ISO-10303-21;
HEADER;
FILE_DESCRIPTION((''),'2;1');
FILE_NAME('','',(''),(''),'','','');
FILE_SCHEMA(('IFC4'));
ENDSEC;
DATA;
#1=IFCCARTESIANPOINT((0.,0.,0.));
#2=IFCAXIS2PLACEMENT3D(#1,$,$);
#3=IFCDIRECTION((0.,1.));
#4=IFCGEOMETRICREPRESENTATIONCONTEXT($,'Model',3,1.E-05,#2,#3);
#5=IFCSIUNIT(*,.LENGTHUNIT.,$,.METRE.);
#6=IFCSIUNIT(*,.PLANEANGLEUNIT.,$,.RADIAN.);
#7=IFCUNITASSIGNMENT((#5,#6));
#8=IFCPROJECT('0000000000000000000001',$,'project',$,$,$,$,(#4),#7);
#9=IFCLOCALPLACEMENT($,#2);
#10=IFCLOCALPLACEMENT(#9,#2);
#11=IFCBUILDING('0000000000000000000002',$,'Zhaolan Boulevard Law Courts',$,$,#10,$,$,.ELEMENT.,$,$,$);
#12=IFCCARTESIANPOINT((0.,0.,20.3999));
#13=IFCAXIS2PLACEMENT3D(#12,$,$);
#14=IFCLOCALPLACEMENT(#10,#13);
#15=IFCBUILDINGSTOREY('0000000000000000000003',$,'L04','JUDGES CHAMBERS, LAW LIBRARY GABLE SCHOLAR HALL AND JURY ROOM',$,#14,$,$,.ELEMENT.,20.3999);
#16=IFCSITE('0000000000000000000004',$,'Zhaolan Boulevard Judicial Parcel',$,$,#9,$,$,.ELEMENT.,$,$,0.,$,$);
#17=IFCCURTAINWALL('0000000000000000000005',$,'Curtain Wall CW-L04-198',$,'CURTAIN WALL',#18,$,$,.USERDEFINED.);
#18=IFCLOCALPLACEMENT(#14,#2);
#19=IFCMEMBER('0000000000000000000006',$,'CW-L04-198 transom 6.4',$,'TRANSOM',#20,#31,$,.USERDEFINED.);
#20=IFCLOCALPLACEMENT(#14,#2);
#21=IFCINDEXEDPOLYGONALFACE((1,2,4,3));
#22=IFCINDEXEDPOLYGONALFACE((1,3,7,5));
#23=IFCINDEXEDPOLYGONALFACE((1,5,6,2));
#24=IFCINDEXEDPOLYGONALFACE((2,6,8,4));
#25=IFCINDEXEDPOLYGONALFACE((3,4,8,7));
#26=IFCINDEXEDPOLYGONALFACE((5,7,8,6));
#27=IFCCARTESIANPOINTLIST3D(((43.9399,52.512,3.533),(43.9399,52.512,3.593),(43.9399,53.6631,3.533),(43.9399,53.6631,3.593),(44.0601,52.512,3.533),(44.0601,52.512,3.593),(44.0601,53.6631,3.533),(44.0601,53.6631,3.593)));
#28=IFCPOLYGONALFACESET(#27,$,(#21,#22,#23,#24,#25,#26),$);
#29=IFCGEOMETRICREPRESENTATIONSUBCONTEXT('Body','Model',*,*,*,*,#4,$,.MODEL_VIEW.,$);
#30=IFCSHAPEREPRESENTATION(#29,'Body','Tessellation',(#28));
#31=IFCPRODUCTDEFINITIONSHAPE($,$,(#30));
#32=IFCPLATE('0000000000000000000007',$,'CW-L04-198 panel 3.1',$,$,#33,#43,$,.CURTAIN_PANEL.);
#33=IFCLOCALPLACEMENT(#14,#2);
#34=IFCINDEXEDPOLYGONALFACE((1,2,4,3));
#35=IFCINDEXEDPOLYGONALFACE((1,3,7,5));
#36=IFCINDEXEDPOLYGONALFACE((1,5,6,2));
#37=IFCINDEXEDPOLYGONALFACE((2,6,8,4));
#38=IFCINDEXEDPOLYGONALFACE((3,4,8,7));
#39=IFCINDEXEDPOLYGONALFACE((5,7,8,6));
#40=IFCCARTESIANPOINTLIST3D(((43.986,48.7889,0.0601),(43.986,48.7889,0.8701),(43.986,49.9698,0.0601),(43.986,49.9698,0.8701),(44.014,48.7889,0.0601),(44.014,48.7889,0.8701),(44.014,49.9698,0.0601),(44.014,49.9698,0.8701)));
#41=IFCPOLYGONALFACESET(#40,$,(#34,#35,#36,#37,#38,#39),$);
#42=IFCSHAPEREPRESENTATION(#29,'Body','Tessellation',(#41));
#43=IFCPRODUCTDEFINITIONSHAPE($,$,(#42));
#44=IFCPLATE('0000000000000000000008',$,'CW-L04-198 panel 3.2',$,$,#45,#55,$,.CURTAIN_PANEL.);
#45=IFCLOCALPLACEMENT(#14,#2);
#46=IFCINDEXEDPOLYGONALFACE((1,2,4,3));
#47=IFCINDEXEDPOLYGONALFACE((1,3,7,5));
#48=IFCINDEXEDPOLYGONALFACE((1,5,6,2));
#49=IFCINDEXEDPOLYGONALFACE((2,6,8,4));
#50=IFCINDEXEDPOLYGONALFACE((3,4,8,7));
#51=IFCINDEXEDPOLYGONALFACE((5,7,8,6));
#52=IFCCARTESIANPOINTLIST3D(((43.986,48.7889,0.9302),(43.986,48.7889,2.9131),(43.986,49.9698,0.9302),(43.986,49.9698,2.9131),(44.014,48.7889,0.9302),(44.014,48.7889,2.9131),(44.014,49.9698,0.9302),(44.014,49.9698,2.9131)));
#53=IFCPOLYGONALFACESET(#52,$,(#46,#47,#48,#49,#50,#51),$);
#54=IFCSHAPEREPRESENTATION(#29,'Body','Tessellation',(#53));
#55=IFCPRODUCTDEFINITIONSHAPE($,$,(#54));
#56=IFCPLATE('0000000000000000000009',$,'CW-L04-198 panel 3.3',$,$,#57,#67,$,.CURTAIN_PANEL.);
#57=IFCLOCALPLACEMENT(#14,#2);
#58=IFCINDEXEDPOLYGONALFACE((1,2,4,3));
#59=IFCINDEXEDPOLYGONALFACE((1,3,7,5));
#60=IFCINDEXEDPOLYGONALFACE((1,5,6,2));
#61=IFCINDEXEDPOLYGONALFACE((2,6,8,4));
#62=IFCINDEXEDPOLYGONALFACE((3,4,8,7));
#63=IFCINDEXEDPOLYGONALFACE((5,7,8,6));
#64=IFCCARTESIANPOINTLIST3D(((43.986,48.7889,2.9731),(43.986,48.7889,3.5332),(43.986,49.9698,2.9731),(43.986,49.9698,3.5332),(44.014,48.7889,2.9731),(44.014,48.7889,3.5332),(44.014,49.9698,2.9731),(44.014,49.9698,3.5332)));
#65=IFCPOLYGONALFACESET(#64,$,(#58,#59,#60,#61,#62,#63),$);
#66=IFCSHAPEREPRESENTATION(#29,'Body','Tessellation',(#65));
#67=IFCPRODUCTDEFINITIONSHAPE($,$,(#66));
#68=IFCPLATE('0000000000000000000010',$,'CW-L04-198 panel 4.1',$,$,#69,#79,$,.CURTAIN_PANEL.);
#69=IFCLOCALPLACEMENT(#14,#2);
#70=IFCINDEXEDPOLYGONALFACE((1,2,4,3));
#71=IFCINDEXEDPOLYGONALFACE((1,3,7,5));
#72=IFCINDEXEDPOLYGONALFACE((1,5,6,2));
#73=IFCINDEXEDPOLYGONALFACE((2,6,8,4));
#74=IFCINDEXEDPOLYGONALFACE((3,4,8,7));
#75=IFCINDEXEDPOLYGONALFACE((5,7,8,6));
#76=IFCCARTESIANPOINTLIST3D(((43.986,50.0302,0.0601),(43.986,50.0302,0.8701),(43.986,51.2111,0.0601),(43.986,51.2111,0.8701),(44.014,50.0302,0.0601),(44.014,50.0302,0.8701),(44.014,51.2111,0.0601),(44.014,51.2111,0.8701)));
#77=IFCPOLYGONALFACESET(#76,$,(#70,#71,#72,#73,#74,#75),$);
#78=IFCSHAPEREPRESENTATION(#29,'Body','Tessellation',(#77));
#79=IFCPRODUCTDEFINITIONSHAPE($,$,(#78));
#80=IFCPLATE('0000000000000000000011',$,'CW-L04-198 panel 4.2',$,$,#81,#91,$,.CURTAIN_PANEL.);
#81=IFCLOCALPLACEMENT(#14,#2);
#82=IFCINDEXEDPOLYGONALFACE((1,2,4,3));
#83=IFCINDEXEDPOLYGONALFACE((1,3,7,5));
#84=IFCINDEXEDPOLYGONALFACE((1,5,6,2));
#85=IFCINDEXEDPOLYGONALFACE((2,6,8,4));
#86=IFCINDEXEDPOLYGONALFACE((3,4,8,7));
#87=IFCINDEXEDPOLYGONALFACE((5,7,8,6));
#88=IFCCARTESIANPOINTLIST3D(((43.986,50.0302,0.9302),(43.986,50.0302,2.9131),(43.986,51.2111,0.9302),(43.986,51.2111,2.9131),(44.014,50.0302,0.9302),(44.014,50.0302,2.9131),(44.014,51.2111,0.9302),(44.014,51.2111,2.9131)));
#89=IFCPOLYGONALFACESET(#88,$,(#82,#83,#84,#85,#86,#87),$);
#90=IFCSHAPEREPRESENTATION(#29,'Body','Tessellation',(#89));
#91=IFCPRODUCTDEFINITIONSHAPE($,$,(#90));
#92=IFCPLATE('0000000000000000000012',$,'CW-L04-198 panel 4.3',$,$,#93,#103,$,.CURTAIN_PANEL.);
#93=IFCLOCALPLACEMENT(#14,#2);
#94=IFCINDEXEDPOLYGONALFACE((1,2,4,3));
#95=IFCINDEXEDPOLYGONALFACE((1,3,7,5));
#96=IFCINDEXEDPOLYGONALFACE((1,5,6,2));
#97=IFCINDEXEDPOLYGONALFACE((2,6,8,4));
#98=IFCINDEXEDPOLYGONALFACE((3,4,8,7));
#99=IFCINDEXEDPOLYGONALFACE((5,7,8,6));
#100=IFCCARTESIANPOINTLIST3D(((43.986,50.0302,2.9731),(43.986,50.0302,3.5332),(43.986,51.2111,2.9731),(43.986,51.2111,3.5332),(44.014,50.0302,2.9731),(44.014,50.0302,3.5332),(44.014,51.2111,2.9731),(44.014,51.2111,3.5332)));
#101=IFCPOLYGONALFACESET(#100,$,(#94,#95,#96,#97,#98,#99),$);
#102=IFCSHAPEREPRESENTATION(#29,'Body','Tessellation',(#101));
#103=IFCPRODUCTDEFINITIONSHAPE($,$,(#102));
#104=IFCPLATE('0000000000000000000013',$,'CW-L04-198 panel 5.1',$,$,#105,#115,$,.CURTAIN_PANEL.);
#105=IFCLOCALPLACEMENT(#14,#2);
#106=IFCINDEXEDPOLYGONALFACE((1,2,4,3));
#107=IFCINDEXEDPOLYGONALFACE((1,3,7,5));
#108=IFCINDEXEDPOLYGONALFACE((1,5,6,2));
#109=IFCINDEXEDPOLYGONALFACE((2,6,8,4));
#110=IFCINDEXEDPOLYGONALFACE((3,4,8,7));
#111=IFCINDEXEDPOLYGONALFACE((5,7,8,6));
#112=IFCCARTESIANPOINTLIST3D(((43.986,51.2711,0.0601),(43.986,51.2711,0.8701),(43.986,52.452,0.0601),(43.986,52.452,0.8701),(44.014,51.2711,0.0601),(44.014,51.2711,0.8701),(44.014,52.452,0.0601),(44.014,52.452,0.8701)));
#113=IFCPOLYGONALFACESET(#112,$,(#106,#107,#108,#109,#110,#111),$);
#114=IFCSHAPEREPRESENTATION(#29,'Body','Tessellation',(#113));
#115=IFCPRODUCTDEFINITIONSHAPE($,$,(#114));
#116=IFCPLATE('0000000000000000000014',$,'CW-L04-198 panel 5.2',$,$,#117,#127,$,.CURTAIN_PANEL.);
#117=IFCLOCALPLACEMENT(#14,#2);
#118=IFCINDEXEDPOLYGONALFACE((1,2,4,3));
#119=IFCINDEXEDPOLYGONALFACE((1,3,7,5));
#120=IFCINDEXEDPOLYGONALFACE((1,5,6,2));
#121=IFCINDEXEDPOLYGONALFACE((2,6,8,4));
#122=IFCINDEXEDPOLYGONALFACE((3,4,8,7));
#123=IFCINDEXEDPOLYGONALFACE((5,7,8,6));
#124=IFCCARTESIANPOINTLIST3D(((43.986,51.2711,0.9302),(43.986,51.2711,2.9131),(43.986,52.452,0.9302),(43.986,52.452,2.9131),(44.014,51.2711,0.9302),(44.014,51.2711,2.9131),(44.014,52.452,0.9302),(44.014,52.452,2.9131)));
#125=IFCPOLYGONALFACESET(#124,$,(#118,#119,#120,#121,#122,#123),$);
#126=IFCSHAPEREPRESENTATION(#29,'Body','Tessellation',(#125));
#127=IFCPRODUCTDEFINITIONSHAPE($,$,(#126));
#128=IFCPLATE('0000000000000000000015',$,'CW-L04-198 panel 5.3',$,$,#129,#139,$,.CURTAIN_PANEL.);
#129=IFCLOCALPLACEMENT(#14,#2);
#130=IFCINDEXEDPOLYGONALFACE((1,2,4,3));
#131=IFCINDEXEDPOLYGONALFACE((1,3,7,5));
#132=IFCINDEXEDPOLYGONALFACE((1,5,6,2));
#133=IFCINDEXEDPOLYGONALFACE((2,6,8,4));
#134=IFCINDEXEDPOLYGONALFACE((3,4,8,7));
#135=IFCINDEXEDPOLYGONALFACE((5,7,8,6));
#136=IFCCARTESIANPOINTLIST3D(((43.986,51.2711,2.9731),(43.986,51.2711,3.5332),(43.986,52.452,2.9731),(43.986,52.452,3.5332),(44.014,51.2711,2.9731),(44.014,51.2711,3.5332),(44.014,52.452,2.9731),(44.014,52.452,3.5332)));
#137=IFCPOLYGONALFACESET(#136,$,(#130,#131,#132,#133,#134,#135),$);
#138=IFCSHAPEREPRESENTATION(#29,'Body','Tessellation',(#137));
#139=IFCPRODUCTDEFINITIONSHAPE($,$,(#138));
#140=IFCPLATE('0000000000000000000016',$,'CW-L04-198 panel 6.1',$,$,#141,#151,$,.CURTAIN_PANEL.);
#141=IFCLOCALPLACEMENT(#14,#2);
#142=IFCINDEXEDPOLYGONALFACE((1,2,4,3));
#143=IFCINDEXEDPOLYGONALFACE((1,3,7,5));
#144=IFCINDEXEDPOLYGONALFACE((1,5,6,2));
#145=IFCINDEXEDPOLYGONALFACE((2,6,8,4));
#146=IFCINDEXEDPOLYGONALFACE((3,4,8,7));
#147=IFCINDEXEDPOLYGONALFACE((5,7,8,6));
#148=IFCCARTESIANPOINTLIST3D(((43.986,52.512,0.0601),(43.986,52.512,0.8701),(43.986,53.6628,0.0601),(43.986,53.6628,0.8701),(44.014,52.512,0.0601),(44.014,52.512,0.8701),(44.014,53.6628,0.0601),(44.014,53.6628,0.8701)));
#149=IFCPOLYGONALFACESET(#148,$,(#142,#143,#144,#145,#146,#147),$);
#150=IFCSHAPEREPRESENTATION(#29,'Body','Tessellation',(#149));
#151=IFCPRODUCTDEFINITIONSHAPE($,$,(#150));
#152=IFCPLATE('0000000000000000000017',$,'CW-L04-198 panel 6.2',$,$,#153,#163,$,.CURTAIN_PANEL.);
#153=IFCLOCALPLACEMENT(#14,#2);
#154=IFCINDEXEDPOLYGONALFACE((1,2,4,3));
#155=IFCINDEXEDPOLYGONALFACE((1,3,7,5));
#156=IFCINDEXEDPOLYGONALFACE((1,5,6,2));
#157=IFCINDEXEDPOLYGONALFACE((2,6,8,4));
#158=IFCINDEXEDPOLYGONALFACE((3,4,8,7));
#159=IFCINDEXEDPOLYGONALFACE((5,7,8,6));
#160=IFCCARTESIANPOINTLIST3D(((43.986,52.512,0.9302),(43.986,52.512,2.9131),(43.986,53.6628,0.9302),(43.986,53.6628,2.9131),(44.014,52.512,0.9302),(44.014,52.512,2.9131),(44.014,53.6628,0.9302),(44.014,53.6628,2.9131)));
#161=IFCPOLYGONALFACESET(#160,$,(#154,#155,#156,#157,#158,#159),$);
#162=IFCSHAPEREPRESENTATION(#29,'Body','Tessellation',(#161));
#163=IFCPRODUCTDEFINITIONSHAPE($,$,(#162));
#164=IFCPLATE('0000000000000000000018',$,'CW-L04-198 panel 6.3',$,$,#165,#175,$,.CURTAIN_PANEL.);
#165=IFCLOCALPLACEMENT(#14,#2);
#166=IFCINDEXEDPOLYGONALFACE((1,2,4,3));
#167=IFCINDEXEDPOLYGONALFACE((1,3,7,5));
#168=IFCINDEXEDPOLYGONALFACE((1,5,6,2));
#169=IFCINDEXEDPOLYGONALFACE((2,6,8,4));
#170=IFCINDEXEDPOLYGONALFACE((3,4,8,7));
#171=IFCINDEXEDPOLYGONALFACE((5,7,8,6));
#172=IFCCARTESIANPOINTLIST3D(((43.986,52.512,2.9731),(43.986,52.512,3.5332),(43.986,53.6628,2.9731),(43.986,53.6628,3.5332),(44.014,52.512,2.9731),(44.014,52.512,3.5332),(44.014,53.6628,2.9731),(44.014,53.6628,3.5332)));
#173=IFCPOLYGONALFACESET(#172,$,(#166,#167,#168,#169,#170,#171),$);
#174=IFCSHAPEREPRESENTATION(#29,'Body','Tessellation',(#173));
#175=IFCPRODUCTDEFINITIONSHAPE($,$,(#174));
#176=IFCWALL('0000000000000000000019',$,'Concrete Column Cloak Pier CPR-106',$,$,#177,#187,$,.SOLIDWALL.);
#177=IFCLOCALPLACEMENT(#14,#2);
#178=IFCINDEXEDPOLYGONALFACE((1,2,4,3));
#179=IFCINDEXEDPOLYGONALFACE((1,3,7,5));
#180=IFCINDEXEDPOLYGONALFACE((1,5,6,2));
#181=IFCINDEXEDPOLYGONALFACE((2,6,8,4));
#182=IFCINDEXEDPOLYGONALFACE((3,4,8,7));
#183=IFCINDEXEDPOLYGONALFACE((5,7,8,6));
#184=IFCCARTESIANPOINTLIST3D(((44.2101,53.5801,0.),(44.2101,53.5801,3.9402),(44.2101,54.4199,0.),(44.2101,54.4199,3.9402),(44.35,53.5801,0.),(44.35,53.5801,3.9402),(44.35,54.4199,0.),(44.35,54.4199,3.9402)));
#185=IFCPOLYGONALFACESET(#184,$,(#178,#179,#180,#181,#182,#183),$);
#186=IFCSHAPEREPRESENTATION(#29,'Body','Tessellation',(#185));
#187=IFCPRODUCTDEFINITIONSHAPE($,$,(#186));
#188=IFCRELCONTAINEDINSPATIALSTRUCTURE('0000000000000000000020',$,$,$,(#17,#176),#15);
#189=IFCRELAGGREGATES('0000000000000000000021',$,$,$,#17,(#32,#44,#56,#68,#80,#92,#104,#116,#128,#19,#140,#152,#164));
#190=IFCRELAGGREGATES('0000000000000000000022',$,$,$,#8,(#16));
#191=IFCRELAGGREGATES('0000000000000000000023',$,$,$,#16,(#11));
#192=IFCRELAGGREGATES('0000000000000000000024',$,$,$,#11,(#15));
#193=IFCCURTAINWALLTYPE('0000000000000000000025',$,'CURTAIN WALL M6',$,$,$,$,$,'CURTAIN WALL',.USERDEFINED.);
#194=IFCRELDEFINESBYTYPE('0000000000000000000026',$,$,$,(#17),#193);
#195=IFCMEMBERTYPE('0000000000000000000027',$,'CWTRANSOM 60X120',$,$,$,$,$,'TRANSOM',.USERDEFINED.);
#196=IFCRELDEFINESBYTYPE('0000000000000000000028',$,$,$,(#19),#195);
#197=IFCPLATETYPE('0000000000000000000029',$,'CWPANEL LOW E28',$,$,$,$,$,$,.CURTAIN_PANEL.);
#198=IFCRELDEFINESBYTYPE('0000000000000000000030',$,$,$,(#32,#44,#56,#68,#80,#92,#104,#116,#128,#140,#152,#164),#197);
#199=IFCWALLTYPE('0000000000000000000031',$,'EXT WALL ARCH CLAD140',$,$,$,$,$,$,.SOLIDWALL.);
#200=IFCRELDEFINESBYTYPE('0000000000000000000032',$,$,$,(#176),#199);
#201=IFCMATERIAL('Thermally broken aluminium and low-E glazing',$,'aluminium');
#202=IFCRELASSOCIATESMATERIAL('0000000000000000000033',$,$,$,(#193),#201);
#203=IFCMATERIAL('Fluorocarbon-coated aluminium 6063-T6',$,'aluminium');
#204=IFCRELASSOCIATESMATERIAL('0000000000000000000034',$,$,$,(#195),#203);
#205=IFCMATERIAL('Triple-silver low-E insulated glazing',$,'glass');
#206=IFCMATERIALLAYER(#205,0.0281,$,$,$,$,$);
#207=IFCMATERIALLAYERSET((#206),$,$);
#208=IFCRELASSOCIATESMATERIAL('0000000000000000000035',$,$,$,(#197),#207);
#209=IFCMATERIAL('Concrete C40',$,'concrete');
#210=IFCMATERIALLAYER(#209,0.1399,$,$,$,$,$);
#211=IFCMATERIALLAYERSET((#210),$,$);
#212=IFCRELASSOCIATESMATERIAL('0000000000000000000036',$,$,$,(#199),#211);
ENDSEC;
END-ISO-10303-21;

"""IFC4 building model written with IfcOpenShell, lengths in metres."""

from ifc_helpers import new_model, si_unit, direction, frame, frame_2d, origin, origin_2d, place, context, subcontext, project, spatial, rectangle, extrude, material, layer, layer_set, material_profile, profile_set, type_object, element, aggregate, save


model = new_model("IFC4")

# Units and contexts
model_context = context("Model", 3, precision=1e-05, world=origin(), true_north=direction((0.0, 1.0)))
body_context = subcontext(model_context, "Body", "Model", "MODEL_VIEW")
ifc_project = project(units=[si_unit("LENGTHUNIT", "METRE"), si_unit("PLANEANGLEUNIT", "RADIAN")], contexts=[model_context])

# Site, building, storey
site_placement = place(None, origin())
site = spatial("IfcSite", under=ifc_project, at=site_placement, Name="Zhaolan Boulevard Judicial Parcel", CompositionType="ELEMENT", RefElevation=0.0)
building_placement = place(site_placement, origin())
building = spatial("IfcBuilding", under=site, at=building_placement, Name="Zhaolan Boulevard Law Courts", CompositionType="ELEMENT")
storey_placement = place(building_placement, frame((0.0, 0.0, 20.3999)))
storey = spatial("IfcBuildingStorey", under=building, at=storey_placement, Name="L04", Description="JUDGES CHAMBERS, LAW LIBRARY GABLE SCHOLAR HALL AND JURY ROOM", CompositionType="ELEMENT", Elevation=20.3999)

# Curtain wall, member, plates
ifc_material_1 = material(Name="Thermally broken aluminium and low-E glazing", Category="aluminium")
curtain_wall_type = type_object("IfcCurtainWallType", Name="CURTAIN WALL M6", ElementType="CURTAIN WALL", PredefinedType="USERDEFINED", material=ifc_material_1)
curtain_wall_placement = place(storey_placement, origin())
curtain_wall = element("IfcCurtainWall", 1, at=curtain_wall_placement, inside=storey, type_object=curtain_wall_type, Name="Curtain Wall CW-L04-198", ObjectType="CURTAIN WALL", PredefinedType="USERDEFINED")
ifc_material_2 = material(Name="Fluorocarbon-coated aluminium 6063-T6", Category="aluminium")
ifc_material_profile_1 = material_profile(ifc_material_2, rectangle(XDim=0.1201, YDim=0.0601, at=origin_2d()), Name="AL60x120")
ifc_profile_set_1 = profile_set([ifc_material_profile_1], Name="Fluorocarbon-coated aluminium 6063-T6")
member_type_1 = type_object("IfcMemberType", Name="CWTRANSOM 60X120", ElementType="TRANSOM", PredefinedType="USERDEFINED", material=ifc_profile_set_1)
member_1_placement = place(storey_placement, frame((44.0, 52.512, 3.563), z_axis=(0.0, 1.0, 0.0), x_axis=(-1.0, 0.0, 0.0)))
member_1 = element("IfcMember", 2, at=member_1_placement, type_object=member_type_1, Name="CW-L04-198 transom 6.4", ObjectType="TRANSOM", PredefinedType="USERDEFINED", context=body_context, shape_type="SweptSolid", body=[
    extrude(rectangle(XDim=0.1201, YDim=0.0601, at=origin_2d()), origin(), (0.0, 0.0, 1.0), 1.1511),
])
ifc_material_3 = material(Name="Triple-silver low-E insulated glazing", Category="glass")
ifc_layer_1 = layer(ifc_material_3, 0.0281)
ifc_layer_set_1 = layer_set([ifc_layer_1])
plate_type = type_object("IfcPlateType", Name="CWPANEL LOW E28", PredefinedType="CURTAIN_PANEL", material=ifc_layer_set_1)
plate_1_placement = place(storey_placement, frame((44.0, 49.3794, 0.0601), z_axis=(0.0, 0.0, 1.0), x_axis=(0.0, 1.0, 0.0)))
plate_1 = element("IfcPlate", 3, at=plate_1_placement, type_object=plate_type, Name="CW-L04-198 panel 3.1", PredefinedType="CURTAIN_PANEL", context=body_context, shape_type="SweptSolid", body=[
    extrude(rectangle(XDim=1.1809, YDim=0.0281, at=origin_2d()), origin(), (0.0, 0.0, 1.0), 0.8101),
])
plate_2_placement = place(storey_placement, frame((44.0, 49.3794, 0.9302), z_axis=(0.0, 0.0, 1.0), x_axis=(0.0, 1.0, 0.0)))
plate_2 = element("IfcPlate", 4, at=plate_2_placement, type_object=plate_type, Name="CW-L04-198 panel 3.2", PredefinedType="CURTAIN_PANEL", context=body_context, shape_type="SweptSolid", body=[
    extrude(rectangle(XDim=1.1809, YDim=0.0281, at=origin_2d()), origin(), (0.0, 0.0, 1.0), 1.9829),
])
plate_3_placement = place(storey_placement, frame((44.0, 49.3794, 2.9731), z_axis=(0.0, 0.0, 1.0), x_axis=(0.0, 1.0, 0.0)))
plate_3 = element("IfcPlate", 5, at=plate_3_placement, type_object=plate_type, Name="CW-L04-198 panel 3.3", PredefinedType="CURTAIN_PANEL", context=body_context, shape_type="SweptSolid", body=[
    extrude(rectangle(XDim=1.1809, YDim=0.0281, at=origin_2d()), origin(), (0.0, 0.0, 1.0), 0.5601),
])
plate_4_placement = place(storey_placement, frame((44.0, 50.6206, 0.0601), z_axis=(0.0, 0.0, 1.0), x_axis=(0.0, 1.0, 0.0)))
plate_4 = element("IfcPlate", 6, at=plate_4_placement, type_object=plate_type, Name="CW-L04-198 panel 4.1", PredefinedType="CURTAIN_PANEL", context=body_context, shape_type="SweptSolid", body=[
    extrude(rectangle(XDim=1.1809, YDim=0.0281, at=origin_2d()), origin(), (0.0, 0.0, 1.0), 0.8101),
])
plate_5_placement = place(storey_placement, frame((44.0, 50.6206, 0.9302), z_axis=(0.0, 0.0, 1.0), x_axis=(0.0, 1.0, 0.0)))
plate_5 = element("IfcPlate", 7, at=plate_5_placement, type_object=plate_type, Name="CW-L04-198 panel 4.2", PredefinedType="CURTAIN_PANEL", context=body_context, shape_type="SweptSolid", body=[
    extrude(rectangle(XDim=1.1809, YDim=0.0281, at=origin_2d()), origin(), (0.0, 0.0, 1.0), 1.9829),
])
plate_6_placement = place(storey_placement, frame((44.0, 50.6206, 2.9731), z_axis=(0.0, 0.0, 1.0), x_axis=(0.0, 1.0, 0.0)))
plate_6 = element("IfcPlate", 8, at=plate_6_placement, type_object=plate_type, Name="CW-L04-198 panel 4.3", PredefinedType="CURTAIN_PANEL", context=body_context, shape_type="SweptSolid", body=[
    extrude(rectangle(XDim=1.1809, YDim=0.0281, at=origin_2d()), origin(), (0.0, 0.0, 1.0), 0.5601),
])
plate_7_placement = place(storey_placement, frame((44.0, 51.8616, 0.0601), z_axis=(0.0, 0.0, 1.0), x_axis=(0.0, 1.0, 0.0)))
plate_7 = element("IfcPlate", 9, at=plate_7_placement, type_object=plate_type, Name="CW-L04-198 panel 5.1", PredefinedType="CURTAIN_PANEL", context=body_context, shape_type="SweptSolid", body=[
    extrude(rectangle(XDim=1.1809, YDim=0.0281, at=origin_2d()), origin(), (0.0, 0.0, 1.0), 0.8101),
])
plate_8_placement = place(storey_placement, frame((44.0, 51.8616, 0.9302), z_axis=(0.0, 0.0, 1.0), x_axis=(0.0, 1.0, 0.0)))
plate_8 = element("IfcPlate", 10, at=plate_8_placement, type_object=plate_type, Name="CW-L04-198 panel 5.2", PredefinedType="CURTAIN_PANEL", context=body_context, shape_type="SweptSolid", body=[
    extrude(rectangle(XDim=1.1809, YDim=0.0281, at=origin_2d()), origin(), (0.0, 0.0, 1.0), 1.9829),
])
plate_9_placement = place(storey_placement, frame((44.0, 51.8616, 2.9731), z_axis=(0.0, 0.0, 1.0), x_axis=(0.0, 1.0, 0.0)))
plate_9 = element("IfcPlate", 11, at=plate_9_placement, type_object=plate_type, Name="CW-L04-198 panel 5.3", PredefinedType="CURTAIN_PANEL", context=body_context, shape_type="SweptSolid", body=[
    extrude(rectangle(XDim=1.1809, YDim=0.0281, at=origin_2d()), origin(), (0.0, 0.0, 1.0), 0.5601),
])
plate_10_placement = place(storey_placement, frame((44.0, 53.0874, 0.0601), z_axis=(0.0, 0.0, 1.0), x_axis=(0.0, 1.0, 0.0)))
plate_10 = element("IfcPlate", 12, at=plate_10_placement, type_object=plate_type, Name="CW-L04-198 panel 6.1", PredefinedType="CURTAIN_PANEL", context=body_context, shape_type="SweptSolid", body=[
    extrude(rectangle(XDim=1.1509, YDim=0.0281, at=origin_2d()), origin(), (0.0, 0.0, 1.0), 0.8101),
])
plate_11_placement = place(storey_placement, frame((44.0, 53.0874, 0.9302), z_axis=(0.0, 0.0, 1.0), x_axis=(0.0, 1.0, 0.0)))
plate_11 = element("IfcPlate", 13, at=plate_11_placement, type_object=plate_type, Name="CW-L04-198 panel 6.2", PredefinedType="CURTAIN_PANEL", context=body_context, shape_type="SweptSolid", body=[
    extrude(rectangle(XDim=1.1509, YDim=0.0281, at=origin_2d()), origin(), (0.0, 0.0, 1.0), 1.9829),
])
plate_12_placement = place(storey_placement, frame((44.0, 53.0874, 2.9731), z_axis=(0.0, 0.0, 1.0), x_axis=(0.0, 1.0, 0.0)))
plate_12 = element("IfcPlate", 14, at=plate_12_placement, type_object=plate_type, Name="CW-L04-198 panel 6.3", PredefinedType="CURTAIN_PANEL", context=body_context, shape_type="SweptSolid", body=[
    extrude(rectangle(XDim=1.1509, YDim=0.0281, at=origin_2d()), origin(), (0.0, 0.0, 1.0), 0.5601),
])
aggregate(curtain_wall, [plate_1, plate_2, plate_3, plate_4, plate_5, plate_6, plate_7, plate_8, plate_9, member_1, plate_10, plate_11, plate_12])

# Wall
ifc_material_4 = material(Name="Concrete C40", Category="concrete")
ifc_layer_2 = layer(ifc_material_4, 0.1399)
ifc_layer_set_2 = layer_set([ifc_layer_2])
wall_type = type_object("IfcWallType", Name="EXT WALL ARCH CLAD140", PredefinedType="SOLIDWALL", material=ifc_layer_set_2)
wall_placement = place(storey_placement, frame((44.28, 53.5801, 0.0), z_axis=(0.0, 0.0, 1.0), x_axis=(0.0, 1.0, 0.0)))
element("IfcWall", 15, at=wall_placement, inside=storey, type_object=wall_type, Name="Concrete Column Cloak Pier CPR-106", PredefinedType="SOLIDWALL", context=body_context, shape_type="SweptSolid", body=[
    extrude(rectangle(XDim=0.8398, YDim=0.1399, at=frame_2d((0.4199, 0.0))), origin(), (0.0, 0.0, 1.0), 3.9402),
])

save(model, "model.ifc")
